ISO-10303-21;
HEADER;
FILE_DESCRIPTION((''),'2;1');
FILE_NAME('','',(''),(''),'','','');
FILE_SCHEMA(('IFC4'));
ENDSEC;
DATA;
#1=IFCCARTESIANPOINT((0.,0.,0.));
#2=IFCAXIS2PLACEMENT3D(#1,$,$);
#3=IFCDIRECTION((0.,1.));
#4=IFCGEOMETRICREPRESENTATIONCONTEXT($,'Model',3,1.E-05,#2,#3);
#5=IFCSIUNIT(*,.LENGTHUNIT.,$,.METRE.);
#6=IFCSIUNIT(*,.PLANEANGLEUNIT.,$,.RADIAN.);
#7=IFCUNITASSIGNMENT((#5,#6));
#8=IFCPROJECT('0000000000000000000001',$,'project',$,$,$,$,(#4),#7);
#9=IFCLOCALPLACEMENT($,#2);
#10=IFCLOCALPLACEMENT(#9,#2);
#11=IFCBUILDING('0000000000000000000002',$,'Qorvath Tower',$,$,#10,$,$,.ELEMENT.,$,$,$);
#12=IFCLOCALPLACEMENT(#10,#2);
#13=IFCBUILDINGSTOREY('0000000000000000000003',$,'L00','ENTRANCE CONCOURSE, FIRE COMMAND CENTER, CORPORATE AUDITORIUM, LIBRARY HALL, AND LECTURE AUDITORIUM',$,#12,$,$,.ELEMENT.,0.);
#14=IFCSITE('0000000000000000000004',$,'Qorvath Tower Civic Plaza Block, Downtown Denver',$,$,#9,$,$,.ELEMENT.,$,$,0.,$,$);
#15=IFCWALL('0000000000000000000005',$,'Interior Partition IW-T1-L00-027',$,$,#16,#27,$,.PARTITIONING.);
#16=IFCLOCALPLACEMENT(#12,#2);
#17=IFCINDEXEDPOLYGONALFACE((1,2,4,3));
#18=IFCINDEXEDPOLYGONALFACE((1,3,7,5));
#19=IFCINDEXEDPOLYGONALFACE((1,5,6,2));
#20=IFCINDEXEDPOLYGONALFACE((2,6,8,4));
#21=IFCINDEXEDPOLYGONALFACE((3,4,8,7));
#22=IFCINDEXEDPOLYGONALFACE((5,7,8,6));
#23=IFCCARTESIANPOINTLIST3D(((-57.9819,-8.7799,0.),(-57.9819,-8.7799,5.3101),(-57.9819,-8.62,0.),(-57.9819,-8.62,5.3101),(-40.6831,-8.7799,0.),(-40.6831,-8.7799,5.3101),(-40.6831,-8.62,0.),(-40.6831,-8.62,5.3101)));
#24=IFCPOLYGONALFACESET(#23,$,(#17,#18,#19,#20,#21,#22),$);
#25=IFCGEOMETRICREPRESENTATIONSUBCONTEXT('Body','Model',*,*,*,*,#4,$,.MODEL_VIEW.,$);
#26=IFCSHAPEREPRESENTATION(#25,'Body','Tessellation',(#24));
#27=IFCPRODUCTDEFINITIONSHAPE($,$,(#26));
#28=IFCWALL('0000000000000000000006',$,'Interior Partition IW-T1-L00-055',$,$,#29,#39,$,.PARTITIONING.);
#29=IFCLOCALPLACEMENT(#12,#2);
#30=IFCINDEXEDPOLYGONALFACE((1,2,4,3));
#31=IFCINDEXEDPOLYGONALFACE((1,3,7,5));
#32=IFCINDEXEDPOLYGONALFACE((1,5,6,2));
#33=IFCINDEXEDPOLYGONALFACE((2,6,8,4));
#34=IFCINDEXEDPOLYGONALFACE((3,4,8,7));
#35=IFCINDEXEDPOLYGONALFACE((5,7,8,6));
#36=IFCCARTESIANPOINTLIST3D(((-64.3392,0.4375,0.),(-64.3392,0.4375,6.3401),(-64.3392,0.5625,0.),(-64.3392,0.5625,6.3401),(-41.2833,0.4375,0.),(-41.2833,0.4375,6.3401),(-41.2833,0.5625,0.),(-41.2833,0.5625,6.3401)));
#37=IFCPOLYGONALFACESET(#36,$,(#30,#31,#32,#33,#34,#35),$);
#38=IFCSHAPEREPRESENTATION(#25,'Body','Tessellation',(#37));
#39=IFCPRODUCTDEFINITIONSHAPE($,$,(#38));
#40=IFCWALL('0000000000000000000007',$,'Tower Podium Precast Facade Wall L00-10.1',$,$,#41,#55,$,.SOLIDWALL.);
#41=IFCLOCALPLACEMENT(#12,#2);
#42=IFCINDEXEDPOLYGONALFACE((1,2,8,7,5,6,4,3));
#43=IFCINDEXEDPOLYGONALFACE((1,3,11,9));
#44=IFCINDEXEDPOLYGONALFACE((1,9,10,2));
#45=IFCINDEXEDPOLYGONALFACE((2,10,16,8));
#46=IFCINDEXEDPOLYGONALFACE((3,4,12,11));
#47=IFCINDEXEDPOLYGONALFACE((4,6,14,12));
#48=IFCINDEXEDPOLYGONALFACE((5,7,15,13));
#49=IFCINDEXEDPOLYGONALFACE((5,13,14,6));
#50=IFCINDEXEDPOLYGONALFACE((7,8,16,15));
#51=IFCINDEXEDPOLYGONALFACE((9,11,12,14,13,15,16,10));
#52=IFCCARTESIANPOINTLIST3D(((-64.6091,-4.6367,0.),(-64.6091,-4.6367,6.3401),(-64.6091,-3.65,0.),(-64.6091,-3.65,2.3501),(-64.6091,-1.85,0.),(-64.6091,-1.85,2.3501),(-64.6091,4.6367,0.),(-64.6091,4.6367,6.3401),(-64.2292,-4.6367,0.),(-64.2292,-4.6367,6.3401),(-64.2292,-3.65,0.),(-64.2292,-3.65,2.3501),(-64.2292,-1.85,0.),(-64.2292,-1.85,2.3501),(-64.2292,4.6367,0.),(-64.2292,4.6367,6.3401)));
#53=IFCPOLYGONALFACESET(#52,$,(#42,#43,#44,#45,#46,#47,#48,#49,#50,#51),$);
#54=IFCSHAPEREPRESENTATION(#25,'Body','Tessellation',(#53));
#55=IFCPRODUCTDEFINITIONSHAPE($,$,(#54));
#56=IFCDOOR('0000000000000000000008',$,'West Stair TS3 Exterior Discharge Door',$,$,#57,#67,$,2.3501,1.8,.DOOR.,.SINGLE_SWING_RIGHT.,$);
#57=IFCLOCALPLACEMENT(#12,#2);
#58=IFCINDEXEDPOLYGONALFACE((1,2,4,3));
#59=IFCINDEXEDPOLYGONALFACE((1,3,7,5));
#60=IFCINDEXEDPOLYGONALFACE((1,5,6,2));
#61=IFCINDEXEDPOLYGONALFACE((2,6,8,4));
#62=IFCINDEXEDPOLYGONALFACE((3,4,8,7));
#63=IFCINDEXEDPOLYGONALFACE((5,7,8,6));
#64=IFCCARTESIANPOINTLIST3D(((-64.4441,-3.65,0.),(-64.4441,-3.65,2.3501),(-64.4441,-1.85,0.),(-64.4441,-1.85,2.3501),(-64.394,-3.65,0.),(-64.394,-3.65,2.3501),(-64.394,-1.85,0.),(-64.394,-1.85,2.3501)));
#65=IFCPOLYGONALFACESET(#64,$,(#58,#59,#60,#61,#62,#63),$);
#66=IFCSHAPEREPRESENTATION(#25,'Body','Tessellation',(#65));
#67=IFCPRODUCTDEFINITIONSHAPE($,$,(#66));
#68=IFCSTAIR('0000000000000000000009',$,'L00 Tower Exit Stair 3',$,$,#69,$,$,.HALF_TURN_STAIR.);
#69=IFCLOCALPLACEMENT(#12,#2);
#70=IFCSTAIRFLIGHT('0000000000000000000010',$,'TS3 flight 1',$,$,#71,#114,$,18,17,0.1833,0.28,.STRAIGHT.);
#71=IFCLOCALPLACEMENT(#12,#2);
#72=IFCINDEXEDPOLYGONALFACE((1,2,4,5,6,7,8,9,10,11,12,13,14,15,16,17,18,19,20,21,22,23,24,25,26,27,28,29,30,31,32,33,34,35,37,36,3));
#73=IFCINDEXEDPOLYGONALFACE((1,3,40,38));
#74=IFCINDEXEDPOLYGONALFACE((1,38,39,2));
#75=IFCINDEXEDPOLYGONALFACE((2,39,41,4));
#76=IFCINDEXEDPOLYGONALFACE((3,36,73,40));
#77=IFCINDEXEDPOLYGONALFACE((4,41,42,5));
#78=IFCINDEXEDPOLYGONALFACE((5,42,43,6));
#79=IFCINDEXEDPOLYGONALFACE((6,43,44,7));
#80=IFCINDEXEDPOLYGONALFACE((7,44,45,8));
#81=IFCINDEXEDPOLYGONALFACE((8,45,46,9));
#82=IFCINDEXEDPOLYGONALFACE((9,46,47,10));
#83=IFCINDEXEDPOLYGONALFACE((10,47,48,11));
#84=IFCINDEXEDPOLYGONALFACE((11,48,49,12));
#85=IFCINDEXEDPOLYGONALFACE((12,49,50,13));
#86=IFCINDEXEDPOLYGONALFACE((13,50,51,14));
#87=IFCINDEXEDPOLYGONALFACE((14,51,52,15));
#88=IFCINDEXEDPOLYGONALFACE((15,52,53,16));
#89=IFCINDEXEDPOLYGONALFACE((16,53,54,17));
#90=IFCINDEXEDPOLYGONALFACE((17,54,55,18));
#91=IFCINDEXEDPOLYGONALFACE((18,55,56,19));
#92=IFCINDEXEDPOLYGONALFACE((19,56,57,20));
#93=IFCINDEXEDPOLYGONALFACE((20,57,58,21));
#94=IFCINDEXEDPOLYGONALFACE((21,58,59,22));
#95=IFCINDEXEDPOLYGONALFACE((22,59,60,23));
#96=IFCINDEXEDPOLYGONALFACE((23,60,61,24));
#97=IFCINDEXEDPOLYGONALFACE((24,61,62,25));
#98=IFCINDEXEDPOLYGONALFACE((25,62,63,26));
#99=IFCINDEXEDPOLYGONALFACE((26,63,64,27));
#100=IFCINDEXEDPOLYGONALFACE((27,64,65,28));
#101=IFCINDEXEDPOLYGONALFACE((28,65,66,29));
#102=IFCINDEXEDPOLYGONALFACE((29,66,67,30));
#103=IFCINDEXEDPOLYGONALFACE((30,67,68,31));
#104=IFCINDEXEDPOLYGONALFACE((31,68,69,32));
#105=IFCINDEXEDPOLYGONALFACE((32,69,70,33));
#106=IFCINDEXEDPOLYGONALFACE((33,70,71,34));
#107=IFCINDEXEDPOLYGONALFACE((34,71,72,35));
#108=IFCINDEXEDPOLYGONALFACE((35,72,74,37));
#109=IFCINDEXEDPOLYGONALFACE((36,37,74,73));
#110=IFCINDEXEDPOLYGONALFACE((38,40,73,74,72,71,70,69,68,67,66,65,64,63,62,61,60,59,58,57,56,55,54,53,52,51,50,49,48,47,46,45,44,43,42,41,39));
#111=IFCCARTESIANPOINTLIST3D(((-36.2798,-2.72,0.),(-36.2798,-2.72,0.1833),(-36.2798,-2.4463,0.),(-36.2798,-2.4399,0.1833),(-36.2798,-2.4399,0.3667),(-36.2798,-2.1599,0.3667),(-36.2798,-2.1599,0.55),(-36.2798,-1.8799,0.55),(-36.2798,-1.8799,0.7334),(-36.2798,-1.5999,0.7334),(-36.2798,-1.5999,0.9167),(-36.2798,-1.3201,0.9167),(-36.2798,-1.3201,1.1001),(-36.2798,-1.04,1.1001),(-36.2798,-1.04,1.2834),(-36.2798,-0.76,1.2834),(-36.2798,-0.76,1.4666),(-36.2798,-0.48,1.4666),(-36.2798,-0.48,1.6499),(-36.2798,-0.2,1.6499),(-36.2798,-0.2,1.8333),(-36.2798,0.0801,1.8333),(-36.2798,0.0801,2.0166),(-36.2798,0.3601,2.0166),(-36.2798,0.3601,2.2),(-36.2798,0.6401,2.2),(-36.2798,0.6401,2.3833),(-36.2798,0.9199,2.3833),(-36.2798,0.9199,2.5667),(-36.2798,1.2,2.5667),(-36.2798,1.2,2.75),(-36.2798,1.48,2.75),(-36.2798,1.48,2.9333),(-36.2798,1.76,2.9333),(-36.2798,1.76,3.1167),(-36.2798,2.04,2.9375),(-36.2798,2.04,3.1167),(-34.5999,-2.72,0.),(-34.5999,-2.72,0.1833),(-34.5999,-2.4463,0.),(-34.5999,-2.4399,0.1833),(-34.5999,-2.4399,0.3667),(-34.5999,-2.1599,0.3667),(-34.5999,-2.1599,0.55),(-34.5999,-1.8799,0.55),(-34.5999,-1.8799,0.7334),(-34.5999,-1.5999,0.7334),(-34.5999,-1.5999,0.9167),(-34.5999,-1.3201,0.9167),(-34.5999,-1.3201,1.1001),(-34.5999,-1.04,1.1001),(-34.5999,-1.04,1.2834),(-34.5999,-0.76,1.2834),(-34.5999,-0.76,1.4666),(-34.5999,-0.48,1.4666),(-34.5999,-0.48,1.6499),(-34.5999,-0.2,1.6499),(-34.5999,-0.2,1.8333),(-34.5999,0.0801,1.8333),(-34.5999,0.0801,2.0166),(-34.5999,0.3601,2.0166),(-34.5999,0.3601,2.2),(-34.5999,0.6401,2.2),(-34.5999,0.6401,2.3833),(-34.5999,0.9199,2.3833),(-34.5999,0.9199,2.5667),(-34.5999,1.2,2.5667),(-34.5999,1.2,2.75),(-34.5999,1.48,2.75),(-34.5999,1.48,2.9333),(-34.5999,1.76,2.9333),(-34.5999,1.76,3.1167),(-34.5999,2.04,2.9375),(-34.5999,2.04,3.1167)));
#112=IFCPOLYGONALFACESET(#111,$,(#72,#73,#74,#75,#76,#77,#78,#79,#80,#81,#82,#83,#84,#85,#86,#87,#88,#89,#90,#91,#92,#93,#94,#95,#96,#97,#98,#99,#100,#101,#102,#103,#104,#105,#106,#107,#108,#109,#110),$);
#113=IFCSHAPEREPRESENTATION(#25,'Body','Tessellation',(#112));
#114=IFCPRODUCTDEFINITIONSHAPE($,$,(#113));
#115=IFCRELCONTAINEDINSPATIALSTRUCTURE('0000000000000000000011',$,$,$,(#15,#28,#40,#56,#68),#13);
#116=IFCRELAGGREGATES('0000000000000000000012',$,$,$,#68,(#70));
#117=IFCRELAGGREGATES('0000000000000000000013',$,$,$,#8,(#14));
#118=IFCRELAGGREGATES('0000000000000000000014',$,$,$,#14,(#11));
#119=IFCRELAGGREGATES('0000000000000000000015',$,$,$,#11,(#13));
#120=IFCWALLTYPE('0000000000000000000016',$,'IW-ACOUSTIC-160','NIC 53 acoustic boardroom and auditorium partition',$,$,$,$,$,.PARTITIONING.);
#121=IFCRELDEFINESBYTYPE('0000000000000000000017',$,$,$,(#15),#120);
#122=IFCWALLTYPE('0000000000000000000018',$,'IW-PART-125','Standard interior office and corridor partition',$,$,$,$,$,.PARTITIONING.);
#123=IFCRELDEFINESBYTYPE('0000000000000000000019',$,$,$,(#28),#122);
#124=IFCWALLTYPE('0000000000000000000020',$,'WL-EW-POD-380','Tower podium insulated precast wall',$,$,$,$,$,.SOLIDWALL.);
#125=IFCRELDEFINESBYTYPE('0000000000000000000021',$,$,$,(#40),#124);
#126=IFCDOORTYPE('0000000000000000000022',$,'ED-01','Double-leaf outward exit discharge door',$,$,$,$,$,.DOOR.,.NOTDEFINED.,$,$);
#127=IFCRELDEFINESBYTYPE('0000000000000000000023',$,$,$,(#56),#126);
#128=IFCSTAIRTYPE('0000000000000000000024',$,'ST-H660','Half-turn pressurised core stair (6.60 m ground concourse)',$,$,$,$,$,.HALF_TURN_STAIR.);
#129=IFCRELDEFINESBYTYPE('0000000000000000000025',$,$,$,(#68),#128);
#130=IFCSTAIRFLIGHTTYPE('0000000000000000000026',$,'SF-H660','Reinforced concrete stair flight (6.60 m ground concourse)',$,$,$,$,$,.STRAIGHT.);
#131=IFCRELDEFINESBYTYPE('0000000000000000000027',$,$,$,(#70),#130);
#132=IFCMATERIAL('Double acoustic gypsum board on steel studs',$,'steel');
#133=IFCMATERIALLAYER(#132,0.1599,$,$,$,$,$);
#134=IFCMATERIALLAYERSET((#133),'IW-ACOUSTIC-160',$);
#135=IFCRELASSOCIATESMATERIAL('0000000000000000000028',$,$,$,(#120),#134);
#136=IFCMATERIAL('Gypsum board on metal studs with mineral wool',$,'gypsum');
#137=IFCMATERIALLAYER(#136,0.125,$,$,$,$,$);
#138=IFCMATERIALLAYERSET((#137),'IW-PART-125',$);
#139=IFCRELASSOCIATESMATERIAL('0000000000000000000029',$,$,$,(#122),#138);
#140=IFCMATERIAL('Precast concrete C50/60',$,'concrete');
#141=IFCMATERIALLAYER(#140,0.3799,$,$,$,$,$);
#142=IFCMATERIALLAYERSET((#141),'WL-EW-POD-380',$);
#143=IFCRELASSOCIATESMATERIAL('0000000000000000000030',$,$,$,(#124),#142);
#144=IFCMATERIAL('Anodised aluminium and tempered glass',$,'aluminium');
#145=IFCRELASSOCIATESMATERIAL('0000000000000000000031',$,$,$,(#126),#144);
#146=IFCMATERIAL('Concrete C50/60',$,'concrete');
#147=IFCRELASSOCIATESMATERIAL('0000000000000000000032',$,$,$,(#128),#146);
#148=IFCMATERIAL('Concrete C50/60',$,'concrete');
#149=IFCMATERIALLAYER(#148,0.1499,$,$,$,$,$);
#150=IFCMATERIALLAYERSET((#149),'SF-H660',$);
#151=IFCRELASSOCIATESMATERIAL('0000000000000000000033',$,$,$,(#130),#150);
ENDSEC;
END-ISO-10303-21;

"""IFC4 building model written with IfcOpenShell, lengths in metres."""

from ifc_helpers import new_model, si_unit, direction, frame, frame_2d, origin, place, context, subcontext, project, spatial, polyline, rectangle, outline, extrude, material, layer, layer_set, type_object, element, fill, aggregate, save


model = new_model("IFC4")

# Units and contexts
model_context = context("Model", 3, precision=1e-05, world=origin(), true_north=direction((0.0, 1.0)))
body_context = subcontext(model_context, "Body", "Model", "MODEL_VIEW")
ifc_project = project(units=[si_unit("LENGTHUNIT", "METRE"), si_unit("PLANEANGLEUNIT", "RADIAN")], contexts=[model_context])

# Site, building, storey
site_placement = place(None, origin())
site = spatial("IfcSite", under=ifc_project, at=site_placement, Name="Qorvath Tower Civic Plaza Block, Downtown Denver", CompositionType="ELEMENT", RefElevation=0.0)
building_placement = place(site_placement, origin())
building = spatial("IfcBuilding", under=site, at=building_placement, Name="Qorvath Tower", CompositionType="ELEMENT")
storey_placement = place(building_placement, origin())
storey = spatial("IfcBuildingStorey", under=building, at=storey_placement, Name="L00", Description="ENTRANCE CONCOURSE, FIRE COMMAND CENTER, CORPORATE AUDITORIUM, LIBRARY HALL, AND LECTURE AUDITORIUM", CompositionType="ELEMENT", Elevation=0.0)

# Wall
ifc_material_1 = material(Name="Double acoustic gypsum board on steel studs", Category="steel")
ifc_layer_1 = layer(ifc_material_1, 0.1599)
ifc_layer_set_1 = layer_set([ifc_layer_1], Name="IW-ACOUSTIC-160")
wall_type_1 = type_object("IfcWallType", Name="IW-ACOUSTIC-160", Description="NIC 53 acoustic boardroom and auditorium partition", PredefinedType="PARTITIONING", material=ifc_layer_set_1)
wall_1_placement = place(storey_placement, frame((-40.6831, -8.7, 0.0), z_axis=(0.0, 0.0, 1.0), x_axis=(-1.0, 0.0, 0.0)))
element("IfcWall", 1, at=wall_1_placement, inside=storey, type_object=wall_type_1, Name="Interior Partition IW-T1-L00-027", PredefinedType="PARTITIONING", context=body_context, shape_type="SweptSolid", body=[
    extrude(rectangle(XDim=17.2988, YDim=0.1599, at=frame_2d((8.6494, 0.0))), origin(), (0.0, 0.0, 1.0), 5.3101),
])

# Shared definitions
ifc_material_2 = material(Name="Gypsum board on metal studs with mineral wool", Category="gypsum")
ifc_layer_2 = layer(ifc_material_2, 0.125)
ifc_layer_set_2 = layer_set([ifc_layer_2], Name="IW-PART-125")
wall_type_2 = type_object("IfcWallType", Name="IW-PART-125", Description="Standard interior office and corridor partition", PredefinedType="PARTITIONING", material=ifc_layer_set_2)

# Wall
wall_2_placement = place(storey_placement, frame((-64.3391, 0.5, 0.0), z_axis=(0.0, 0.0, 1.0), x_axis=(1.0, 0.0, 0.0)))
element("IfcWall", 2, at=wall_2_placement, inside=storey, type_object=wall_type_2, Name="Interior Partition IW-T1-L00-055", PredefinedType="PARTITIONING", context=body_context, shape_type="SweptSolid", body=[
    extrude(rectangle(XDim=23.0559, YDim=0.125, at=frame_2d((11.5278, 0.0))), origin(), (0.0, 0.0, 1.0), 6.3401),
])

# Wall, opening, door
ifc_material_3 = material(Name="Precast concrete C50/60", Category="concrete")
ifc_layer_3 = layer(ifc_material_3, 0.3799)
ifc_layer_set_3 = layer_set([ifc_layer_3], Name="WL-EW-POD-380")
wall_type_3 = type_object("IfcWallType", Name="WL-EW-POD-380", Description="Tower podium insulated precast wall", PredefinedType="SOLIDWALL", material=ifc_layer_set_3)
wall_3_placement = place(storey_placement, frame((-64.4192, -4.6367, 0.0), z_axis=(0.0, 0.0, 1.0), x_axis=(0.0, 1.0, 0.0)))
wall_3 = element("IfcWall", 3, at=wall_3_placement, inside=storey, type_object=wall_type_3, Name="Tower Podium Precast Facade Wall L00-10.1", PredefinedType="SOLIDWALL", context=body_context, shape_type="SweptSolid", body=[
    extrude(rectangle(XDim=9.2734, YDim=0.3799, at=frame_2d((4.6367, 0.0))), origin(), (0.0, 0.0, 1.0), 6.3401),
])
opening_1_placement = place(wall_3_placement, frame((0.9868, 0.0, 0.0)))
opening_1 = element("IfcOpeningElement", 4, at=opening_1_placement, cuts=wall_3, PredefinedType="OPENING", context=body_context, shape_type="SweptSolid", body=[
    extrude(rectangle(XDim=1.8, YDim=2.3501, at=frame_2d((0.8999, 1.175))), frame((0.0, 0.2, 0.0), z_axis=(0.0, -1.0, 0.0), x_axis=(1.0, 0.0, 0.0)), (0.0, 0.0, 1.0), 0.3999),
])
ifc_material_4 = material(Name="Anodised aluminium and tempered glass", Category="aluminium")
door_type_1 = type_object("IfcDoorType", Name="ED-01", Description="Double-leaf outward exit discharge door", OperationType="NOTDEFINED", PredefinedType="DOOR", material=ifc_material_4)
door_1_placement = place(opening_1_placement, origin())
door_1 = element("IfcDoor", 5, at=door_1_placement, inside=storey, type_object=door_type_1, Name="West Stair TS3 Exterior Discharge Door", OperationType="SINGLE_SWING_RIGHT", OverallHeight=2.3501, OverallWidth=1.8, PredefinedType="DOOR", context=body_context, shape_type="SweptSolid", body=[
    extrude(rectangle(XDim=1.8, YDim=2.3501, at=frame_2d((0.8999, 1.175))), frame((0.0, 0.0249, 0.0), z_axis=(0.0, -1.0, 0.0), x_axis=(1.0, 0.0, 0.0)), (0.0, 0.0, 1.0), 0.05),
])
fill(opening_1, door_1)

# Stair, stair flight
ifc_material_5 = material(Name="Concrete C50/60", Category="concrete")
stair_type = type_object("IfcStairType", Name="ST-H660", Description="Half-turn pressurised core stair (6.60 m ground concourse)", PredefinedType="HALF_TURN_STAIR", material=ifc_material_5)
stair_placement = place(storey_placement, origin())
stair = element("IfcStair", 6, at=stair_placement, inside=storey, type_object=stair_type, Name="L00 Tower Exit Stair 3", PredefinedType="HALF_TURN_STAIR")
ifc_material_6 = material(Name="Concrete C50/60", Category="concrete")
ifc_layer_4 = layer(ifc_material_6, 0.1499)
ifc_layer_set_4 = layer_set([ifc_layer_4], Name="SF-H660")
stair_flight_type = type_object("IfcStairFlightType", Name="SF-H660", Description="Reinforced concrete stair flight (6.60 m ground concourse)", PredefinedType="STRAIGHT", material=ifc_layer_set_4)
stair_flight_placement = place(storey_placement, frame((-35.4399, -2.72, 0.0), z_axis=(0.0, 0.0, 1.0), x_axis=(0.0, 1.0, 0.0)))
stair_flight = element("IfcStairFlight", 7, at=stair_flight_placement, type_object=stair_flight_type, Name="TS3 flight 1", NumberOfRisers=18, NumberOfTreads=17, PredefinedType="STRAIGHT", RiserHeight=0.1833, TreadLength=0.28, context=body_context, shape_type="SweptSolid", body=[
    extrude(outline(polyline([(0.0, 0.0), (0.0, 0.1833), (0.28, 0.1833), (0.28, 0.3667), (0.5601, 0.3667), (0.5601, 0.55), (0.8401, 0.55), (0.8401, 0.7334), (1.1201, 0.7334), (1.1201, 0.9167), (1.3999, 0.9167), (1.3999, 1.1001), (1.6799, 1.1001), (1.6799, 1.2834), (1.96, 1.2834), (1.96, 1.4666), (2.24, 1.4666), (2.24, 1.6499), (2.52, 1.6499), (2.52, 1.8333), (2.8, 1.8333), (2.8, 2.0166), (3.0801, 2.0166), (3.0801, 2.2), (3.3601, 2.2), (3.3601, 2.3833), (3.6399, 2.3833), (3.6399, 2.5667), (3.9199, 2.5667), (3.9199, 2.75), (4.2, 2.75), (4.2, 2.9333), (4.48, 2.9333), (4.48, 3.1167), (4.76, 3.1167), (4.76, 3.3), (4.76, 2.9375), (0.2737, 0.0), (0.0, 0.0)])), frame((0.0, 0.8398, 0.0), z_axis=(0.0, -1.0, 0.0), x_axis=(1.0, 0.0, 0.0)), (0.0, 0.0, 1.0), 1.6799),
])
aggregate(stair, [stair_flight])

save(model, "model.ifc")
